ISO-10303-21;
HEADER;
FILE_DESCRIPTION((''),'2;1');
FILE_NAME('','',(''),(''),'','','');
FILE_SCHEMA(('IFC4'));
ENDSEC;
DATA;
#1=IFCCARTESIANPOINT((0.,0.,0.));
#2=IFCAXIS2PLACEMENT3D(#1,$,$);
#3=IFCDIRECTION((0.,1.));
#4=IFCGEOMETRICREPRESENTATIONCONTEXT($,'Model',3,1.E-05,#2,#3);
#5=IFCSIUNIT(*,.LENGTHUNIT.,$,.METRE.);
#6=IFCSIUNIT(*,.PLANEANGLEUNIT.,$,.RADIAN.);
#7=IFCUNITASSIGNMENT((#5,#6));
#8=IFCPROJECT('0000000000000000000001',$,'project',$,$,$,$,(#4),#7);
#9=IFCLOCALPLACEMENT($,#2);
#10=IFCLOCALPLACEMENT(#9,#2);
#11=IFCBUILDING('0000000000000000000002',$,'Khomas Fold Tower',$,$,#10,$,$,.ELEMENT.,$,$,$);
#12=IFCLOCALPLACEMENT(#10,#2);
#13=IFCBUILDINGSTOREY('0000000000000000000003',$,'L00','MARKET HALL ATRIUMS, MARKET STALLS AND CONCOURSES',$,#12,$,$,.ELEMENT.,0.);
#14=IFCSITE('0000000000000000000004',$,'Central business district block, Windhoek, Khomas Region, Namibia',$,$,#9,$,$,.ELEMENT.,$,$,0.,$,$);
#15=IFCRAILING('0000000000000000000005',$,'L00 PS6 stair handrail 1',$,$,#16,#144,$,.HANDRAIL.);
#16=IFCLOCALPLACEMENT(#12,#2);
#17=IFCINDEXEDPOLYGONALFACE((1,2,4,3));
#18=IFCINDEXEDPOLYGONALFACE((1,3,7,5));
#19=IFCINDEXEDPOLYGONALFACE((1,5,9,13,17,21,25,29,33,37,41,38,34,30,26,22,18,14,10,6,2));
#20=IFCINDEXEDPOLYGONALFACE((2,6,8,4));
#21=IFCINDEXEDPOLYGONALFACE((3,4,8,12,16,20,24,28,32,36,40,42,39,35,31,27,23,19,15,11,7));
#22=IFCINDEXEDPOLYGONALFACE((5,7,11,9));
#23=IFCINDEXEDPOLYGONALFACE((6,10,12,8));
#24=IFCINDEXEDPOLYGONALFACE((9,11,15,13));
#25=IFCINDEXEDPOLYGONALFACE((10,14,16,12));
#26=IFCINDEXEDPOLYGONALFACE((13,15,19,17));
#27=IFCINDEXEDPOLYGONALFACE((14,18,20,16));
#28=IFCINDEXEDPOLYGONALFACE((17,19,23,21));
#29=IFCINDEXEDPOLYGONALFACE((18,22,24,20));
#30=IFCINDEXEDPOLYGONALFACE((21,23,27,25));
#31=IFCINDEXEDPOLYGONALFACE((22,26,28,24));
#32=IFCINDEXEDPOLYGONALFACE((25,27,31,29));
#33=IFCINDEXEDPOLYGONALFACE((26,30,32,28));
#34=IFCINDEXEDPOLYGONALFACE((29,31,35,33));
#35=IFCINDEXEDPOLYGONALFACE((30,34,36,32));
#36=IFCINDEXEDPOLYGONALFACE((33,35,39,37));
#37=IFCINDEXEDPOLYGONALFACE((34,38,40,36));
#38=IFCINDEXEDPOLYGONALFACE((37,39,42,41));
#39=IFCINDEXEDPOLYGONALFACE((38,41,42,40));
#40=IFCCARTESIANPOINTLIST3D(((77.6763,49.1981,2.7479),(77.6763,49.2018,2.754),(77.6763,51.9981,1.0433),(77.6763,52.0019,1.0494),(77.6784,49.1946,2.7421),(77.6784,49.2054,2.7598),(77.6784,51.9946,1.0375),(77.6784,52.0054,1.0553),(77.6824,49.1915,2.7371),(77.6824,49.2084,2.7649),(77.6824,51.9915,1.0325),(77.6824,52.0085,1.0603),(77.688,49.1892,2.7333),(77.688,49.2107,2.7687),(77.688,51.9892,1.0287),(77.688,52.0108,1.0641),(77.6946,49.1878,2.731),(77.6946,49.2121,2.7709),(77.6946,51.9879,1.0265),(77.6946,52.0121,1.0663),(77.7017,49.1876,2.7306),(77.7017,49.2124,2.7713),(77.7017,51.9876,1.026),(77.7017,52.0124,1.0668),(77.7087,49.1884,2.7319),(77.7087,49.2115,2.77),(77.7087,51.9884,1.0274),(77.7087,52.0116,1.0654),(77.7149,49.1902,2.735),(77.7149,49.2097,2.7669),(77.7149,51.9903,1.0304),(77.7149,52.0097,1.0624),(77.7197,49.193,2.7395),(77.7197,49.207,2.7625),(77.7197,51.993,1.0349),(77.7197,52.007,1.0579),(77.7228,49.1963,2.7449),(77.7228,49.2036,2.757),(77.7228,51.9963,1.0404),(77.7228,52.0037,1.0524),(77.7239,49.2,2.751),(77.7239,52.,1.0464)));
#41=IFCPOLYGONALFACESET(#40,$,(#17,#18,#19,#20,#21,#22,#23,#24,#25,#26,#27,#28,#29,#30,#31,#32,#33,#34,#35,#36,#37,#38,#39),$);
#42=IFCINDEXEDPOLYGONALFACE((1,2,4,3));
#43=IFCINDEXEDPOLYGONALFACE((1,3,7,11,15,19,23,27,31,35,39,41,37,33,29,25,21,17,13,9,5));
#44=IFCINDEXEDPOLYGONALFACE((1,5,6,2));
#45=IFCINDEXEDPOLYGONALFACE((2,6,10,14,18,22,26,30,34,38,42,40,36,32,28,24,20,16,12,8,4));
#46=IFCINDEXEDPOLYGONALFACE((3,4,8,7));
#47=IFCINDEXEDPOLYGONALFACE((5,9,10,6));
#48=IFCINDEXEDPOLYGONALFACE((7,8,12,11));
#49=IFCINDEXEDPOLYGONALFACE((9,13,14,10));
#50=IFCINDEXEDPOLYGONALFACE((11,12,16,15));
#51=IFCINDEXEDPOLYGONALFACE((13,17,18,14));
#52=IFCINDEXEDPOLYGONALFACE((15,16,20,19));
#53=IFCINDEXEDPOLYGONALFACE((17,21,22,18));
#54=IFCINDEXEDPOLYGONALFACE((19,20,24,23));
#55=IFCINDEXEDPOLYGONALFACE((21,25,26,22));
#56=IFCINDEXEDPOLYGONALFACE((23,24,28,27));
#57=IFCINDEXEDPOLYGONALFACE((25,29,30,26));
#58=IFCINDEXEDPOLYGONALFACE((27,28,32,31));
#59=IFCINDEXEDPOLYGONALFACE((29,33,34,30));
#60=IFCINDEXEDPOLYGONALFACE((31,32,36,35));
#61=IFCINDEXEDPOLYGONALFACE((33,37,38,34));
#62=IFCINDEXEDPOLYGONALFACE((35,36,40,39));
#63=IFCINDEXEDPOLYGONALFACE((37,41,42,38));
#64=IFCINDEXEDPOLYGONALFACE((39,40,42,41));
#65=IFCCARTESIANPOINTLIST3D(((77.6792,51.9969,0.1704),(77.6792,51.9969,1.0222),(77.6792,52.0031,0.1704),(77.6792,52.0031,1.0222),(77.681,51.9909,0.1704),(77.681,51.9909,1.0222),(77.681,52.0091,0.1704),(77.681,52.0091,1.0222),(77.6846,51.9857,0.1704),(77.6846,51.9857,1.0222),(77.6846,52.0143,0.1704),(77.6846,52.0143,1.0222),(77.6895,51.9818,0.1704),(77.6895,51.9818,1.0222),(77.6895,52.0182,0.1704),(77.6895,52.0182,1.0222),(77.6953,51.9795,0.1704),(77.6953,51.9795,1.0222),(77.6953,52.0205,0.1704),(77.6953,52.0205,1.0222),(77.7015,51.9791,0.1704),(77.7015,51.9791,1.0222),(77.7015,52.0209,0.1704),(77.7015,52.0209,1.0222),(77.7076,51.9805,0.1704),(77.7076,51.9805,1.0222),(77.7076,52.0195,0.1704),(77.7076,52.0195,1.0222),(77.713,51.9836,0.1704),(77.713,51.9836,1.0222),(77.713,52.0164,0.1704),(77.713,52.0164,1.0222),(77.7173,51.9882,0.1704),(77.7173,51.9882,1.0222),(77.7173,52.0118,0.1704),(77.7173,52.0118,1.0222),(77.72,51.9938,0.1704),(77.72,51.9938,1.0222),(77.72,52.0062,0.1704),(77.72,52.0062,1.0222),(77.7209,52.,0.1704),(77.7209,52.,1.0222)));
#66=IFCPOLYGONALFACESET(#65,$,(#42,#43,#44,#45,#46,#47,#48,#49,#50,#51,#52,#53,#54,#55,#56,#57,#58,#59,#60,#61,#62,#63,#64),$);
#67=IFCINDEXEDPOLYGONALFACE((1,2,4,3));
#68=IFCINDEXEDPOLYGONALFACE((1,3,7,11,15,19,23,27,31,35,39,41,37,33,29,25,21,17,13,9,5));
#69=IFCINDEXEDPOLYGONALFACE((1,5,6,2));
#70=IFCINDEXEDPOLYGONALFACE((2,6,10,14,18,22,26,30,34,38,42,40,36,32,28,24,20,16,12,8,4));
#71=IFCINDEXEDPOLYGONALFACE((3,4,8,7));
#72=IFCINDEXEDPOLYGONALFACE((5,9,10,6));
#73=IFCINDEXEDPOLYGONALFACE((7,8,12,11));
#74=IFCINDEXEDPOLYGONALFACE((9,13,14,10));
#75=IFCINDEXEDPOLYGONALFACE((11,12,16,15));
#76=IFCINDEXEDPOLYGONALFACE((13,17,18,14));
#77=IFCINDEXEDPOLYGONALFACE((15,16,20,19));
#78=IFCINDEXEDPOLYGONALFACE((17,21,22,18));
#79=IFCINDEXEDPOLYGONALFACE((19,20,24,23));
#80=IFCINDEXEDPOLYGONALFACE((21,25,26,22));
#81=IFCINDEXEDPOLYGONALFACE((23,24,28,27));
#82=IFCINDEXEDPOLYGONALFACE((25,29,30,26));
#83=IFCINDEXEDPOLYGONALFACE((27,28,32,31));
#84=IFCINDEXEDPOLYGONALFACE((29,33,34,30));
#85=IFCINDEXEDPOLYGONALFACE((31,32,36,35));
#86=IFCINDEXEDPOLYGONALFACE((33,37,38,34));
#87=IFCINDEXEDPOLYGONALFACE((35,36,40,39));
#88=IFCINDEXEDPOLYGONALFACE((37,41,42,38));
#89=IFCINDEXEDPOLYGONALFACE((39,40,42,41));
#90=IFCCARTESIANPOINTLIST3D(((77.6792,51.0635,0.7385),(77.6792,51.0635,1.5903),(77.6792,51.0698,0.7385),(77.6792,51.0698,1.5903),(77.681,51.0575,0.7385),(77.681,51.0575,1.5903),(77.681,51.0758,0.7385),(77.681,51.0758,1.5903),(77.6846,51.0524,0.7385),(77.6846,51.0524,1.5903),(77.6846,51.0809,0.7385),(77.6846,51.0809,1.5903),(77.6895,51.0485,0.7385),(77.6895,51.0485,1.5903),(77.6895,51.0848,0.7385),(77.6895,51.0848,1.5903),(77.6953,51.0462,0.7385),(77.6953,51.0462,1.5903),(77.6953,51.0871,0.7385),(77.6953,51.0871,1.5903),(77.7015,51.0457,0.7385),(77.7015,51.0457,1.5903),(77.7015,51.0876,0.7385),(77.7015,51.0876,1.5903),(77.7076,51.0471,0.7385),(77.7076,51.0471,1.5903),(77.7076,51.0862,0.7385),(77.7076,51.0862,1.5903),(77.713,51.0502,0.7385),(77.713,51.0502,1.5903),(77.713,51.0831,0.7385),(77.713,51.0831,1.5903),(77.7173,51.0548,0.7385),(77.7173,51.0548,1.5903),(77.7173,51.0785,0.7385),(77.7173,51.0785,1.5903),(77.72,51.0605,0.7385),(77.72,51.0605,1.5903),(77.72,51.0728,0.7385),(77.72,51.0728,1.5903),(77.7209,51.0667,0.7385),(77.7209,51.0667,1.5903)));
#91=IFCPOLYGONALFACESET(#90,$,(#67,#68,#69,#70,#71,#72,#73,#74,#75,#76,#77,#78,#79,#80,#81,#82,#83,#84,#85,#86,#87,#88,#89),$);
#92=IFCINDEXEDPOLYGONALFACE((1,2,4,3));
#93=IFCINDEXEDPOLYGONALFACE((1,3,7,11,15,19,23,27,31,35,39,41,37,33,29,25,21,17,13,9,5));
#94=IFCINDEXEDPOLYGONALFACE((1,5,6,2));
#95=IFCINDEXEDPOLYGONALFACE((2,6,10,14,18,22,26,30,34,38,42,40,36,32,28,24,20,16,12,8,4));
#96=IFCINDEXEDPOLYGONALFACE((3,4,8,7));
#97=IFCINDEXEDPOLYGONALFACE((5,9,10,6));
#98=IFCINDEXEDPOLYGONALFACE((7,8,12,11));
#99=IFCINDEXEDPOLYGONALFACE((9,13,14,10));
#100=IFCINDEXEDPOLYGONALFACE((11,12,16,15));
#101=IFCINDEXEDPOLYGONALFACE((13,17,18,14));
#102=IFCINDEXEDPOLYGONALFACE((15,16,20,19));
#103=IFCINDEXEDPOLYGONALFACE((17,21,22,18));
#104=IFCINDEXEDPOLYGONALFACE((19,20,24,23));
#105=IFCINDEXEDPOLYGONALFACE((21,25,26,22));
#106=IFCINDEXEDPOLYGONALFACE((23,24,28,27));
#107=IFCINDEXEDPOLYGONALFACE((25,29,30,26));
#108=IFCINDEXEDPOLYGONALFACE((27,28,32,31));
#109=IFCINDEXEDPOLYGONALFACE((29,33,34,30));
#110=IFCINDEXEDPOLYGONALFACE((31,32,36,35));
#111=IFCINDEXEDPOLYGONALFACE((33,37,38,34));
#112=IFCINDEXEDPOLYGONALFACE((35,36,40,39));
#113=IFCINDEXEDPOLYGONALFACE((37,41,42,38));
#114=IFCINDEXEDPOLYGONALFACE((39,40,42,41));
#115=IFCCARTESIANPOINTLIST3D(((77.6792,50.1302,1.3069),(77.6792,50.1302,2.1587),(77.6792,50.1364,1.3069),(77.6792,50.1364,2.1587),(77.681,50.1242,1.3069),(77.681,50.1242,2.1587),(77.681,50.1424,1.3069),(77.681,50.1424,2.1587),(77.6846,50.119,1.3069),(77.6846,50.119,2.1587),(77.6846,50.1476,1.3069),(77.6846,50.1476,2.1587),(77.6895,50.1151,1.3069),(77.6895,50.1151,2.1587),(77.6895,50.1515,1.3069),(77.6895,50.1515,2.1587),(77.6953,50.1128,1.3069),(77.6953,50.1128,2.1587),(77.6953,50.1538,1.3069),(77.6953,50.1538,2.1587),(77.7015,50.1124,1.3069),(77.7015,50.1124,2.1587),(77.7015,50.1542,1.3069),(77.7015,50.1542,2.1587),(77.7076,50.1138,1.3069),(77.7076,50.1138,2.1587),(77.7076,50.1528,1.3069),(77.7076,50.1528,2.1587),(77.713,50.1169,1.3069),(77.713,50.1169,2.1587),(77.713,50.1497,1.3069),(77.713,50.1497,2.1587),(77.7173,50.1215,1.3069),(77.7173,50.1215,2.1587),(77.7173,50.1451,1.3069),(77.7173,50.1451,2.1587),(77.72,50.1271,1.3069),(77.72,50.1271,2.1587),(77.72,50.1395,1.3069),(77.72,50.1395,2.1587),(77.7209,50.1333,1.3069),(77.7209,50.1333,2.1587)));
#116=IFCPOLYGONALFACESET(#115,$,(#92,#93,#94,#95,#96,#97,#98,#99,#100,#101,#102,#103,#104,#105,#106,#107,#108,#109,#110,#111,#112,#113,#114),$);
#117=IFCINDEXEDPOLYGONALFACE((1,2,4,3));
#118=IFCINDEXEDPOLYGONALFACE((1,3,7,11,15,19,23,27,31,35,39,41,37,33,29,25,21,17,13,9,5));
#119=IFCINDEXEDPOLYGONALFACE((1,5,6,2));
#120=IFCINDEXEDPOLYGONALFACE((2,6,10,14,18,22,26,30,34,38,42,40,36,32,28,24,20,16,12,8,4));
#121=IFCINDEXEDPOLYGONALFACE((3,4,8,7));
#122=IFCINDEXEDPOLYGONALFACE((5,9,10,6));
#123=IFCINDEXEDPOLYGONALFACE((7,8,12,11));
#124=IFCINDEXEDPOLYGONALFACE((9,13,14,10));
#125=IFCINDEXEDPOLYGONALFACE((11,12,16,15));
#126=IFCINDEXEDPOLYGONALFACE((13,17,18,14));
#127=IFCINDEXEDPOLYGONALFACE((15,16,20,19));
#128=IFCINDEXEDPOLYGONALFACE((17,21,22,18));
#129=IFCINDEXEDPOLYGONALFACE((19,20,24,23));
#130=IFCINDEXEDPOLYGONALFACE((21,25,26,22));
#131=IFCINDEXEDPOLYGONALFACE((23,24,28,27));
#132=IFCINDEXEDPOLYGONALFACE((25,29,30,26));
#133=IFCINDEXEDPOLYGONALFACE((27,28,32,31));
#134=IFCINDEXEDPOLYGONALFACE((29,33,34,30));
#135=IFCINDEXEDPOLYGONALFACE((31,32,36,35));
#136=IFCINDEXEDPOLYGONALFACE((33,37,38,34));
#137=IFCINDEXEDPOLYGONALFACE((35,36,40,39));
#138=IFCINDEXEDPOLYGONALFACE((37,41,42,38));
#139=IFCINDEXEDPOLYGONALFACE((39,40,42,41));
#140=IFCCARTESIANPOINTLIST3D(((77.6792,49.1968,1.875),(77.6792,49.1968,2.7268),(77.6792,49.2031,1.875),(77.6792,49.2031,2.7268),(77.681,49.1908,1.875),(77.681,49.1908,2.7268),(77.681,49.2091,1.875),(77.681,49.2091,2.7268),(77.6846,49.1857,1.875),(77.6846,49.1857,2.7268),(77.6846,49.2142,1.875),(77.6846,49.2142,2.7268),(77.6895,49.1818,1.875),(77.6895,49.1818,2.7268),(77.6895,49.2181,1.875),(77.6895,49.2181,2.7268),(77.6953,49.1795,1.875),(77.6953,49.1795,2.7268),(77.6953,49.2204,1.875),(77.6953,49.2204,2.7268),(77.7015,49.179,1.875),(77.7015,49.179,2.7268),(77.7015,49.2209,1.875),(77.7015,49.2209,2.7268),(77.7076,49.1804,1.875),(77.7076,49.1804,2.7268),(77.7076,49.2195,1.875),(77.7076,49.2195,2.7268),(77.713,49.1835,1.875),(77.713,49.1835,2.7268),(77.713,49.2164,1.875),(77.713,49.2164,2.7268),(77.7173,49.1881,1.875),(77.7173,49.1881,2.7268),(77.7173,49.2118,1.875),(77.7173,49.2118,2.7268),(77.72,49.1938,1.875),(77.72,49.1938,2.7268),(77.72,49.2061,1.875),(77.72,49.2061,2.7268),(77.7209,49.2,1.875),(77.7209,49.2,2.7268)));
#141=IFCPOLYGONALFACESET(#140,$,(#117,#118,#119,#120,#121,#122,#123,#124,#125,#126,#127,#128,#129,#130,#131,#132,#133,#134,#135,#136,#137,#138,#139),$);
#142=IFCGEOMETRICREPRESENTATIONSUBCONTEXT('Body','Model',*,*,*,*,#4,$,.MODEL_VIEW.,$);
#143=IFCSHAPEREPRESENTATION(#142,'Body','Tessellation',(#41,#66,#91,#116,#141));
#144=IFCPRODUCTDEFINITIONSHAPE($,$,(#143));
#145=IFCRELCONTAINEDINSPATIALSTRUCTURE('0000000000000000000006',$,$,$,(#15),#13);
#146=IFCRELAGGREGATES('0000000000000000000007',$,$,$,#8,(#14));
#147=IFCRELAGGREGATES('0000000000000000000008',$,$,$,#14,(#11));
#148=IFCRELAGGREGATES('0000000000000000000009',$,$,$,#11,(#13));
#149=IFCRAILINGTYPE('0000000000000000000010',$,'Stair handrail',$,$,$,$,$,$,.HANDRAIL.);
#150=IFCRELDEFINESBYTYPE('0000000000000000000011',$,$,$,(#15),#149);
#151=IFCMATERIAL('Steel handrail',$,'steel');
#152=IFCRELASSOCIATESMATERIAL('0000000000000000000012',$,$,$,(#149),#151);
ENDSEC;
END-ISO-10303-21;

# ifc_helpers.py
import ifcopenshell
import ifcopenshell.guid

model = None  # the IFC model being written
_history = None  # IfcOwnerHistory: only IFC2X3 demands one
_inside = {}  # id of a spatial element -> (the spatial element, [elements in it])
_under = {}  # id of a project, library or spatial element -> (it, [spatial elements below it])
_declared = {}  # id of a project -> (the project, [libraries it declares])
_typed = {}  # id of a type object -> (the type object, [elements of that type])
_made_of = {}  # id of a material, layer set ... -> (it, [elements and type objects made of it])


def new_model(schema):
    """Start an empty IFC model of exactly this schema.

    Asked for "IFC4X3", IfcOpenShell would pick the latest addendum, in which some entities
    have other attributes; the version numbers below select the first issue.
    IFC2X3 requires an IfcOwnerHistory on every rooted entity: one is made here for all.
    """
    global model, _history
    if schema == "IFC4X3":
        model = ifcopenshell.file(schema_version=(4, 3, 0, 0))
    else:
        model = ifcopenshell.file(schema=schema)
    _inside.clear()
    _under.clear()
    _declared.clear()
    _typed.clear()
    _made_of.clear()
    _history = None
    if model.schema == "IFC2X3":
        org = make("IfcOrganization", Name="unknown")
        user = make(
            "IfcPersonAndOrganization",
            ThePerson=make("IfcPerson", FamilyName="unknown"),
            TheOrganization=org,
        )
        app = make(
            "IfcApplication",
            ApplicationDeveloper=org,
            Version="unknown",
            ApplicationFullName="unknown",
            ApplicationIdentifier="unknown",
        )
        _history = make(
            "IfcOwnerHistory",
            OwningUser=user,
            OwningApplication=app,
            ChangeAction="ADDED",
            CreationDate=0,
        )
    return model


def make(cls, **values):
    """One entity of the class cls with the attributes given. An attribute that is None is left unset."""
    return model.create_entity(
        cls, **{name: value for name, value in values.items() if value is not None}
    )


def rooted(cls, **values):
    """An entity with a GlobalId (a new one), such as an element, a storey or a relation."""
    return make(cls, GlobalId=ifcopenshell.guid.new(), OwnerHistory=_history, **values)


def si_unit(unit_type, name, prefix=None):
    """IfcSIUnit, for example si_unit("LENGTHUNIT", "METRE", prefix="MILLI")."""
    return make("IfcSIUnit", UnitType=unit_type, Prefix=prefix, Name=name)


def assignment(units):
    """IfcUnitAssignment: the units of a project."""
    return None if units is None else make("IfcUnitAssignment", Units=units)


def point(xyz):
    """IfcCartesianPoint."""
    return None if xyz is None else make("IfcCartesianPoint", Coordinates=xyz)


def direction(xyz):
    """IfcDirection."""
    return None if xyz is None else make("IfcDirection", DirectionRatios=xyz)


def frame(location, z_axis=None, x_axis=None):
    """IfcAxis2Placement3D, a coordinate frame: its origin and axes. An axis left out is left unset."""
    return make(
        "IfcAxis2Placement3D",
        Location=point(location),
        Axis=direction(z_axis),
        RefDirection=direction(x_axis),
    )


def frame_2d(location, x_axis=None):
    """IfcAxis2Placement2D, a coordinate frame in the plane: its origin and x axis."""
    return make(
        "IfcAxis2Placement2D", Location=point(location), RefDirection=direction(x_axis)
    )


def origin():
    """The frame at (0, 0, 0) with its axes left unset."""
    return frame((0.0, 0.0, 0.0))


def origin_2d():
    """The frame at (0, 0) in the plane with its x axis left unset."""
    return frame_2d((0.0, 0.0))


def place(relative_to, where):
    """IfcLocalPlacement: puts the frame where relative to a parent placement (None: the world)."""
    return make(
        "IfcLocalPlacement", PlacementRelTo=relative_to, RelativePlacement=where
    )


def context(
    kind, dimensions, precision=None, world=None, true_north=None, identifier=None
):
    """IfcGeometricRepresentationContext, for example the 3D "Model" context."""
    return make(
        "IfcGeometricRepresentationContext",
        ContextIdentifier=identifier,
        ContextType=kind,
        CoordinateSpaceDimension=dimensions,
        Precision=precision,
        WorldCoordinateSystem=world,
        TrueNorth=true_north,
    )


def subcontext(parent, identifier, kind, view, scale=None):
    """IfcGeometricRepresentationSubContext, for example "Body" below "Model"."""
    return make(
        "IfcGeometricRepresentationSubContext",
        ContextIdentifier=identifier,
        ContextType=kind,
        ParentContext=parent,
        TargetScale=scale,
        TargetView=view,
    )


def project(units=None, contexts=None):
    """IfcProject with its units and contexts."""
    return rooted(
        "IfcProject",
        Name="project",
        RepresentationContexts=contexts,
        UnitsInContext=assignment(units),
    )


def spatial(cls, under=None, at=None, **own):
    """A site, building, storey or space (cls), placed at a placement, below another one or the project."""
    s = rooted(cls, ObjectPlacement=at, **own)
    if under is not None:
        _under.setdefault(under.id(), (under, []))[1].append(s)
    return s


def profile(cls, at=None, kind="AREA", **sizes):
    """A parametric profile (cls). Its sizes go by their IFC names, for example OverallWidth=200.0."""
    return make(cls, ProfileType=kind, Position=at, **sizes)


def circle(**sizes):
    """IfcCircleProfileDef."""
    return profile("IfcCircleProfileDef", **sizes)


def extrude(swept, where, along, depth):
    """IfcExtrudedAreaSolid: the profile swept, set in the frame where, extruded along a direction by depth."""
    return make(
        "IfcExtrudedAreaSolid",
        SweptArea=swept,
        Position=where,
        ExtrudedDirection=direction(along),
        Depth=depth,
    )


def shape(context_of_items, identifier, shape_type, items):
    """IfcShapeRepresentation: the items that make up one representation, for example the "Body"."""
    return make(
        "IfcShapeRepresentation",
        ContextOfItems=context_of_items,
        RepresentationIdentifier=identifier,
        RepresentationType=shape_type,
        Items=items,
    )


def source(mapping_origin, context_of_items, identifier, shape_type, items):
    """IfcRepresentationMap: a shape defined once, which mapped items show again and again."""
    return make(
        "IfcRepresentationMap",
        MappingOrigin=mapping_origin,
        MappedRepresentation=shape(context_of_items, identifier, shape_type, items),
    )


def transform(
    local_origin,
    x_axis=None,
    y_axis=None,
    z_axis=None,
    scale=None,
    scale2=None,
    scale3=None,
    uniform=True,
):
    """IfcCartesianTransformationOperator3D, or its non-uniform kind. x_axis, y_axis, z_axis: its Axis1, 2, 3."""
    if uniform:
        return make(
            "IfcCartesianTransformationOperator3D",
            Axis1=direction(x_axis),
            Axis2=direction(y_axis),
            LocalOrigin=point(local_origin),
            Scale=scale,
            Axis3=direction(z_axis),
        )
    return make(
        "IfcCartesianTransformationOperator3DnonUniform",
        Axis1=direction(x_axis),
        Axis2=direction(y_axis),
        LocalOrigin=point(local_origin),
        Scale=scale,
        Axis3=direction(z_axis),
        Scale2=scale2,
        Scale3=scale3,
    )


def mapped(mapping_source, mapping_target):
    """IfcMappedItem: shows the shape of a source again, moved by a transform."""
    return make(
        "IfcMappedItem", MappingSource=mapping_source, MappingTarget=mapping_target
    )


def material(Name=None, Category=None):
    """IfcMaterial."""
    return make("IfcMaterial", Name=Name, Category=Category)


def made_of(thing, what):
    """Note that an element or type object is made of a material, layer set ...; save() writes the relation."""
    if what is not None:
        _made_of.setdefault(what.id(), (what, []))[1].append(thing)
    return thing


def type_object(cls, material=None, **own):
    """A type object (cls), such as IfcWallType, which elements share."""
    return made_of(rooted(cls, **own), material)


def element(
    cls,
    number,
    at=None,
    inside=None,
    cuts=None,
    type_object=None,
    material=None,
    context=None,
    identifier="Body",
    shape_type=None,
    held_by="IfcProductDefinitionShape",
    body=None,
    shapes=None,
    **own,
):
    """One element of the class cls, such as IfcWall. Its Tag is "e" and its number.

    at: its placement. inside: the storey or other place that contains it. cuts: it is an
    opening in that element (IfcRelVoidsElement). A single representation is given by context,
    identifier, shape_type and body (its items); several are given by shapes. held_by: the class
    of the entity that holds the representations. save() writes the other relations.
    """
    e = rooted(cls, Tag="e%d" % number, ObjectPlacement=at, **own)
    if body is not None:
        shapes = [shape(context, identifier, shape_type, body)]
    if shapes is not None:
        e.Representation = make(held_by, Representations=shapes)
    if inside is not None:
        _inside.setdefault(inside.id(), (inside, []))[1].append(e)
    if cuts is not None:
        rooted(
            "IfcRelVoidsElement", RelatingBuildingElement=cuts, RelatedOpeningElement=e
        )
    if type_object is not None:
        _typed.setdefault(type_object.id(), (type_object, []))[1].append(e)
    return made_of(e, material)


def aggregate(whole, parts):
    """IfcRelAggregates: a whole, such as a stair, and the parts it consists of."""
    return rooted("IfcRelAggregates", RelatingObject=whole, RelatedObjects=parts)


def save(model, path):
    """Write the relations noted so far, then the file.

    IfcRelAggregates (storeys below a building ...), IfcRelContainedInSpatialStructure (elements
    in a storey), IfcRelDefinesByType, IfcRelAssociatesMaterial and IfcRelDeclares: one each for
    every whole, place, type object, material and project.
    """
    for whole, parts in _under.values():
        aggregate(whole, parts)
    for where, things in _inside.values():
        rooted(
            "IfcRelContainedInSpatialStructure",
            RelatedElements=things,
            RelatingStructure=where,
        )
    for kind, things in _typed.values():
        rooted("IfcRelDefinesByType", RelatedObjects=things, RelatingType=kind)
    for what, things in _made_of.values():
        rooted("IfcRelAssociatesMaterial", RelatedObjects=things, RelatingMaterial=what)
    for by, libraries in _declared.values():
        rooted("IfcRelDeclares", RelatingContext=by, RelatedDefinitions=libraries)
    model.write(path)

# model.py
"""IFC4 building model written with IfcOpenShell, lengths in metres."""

from ifc_helpers import new_model, si_unit, direction, frame, origin, origin_2d, place, context, subcontext, project, spatial, circle, extrude, source, transform, mapped, material, type_object, element, save


model = new_model("IFC4")

# Units and contexts
model_context = context("Model", 3, precision=1e-05, world=origin(), true_north=direction((0.0, 1.0)))
body_context = subcontext(model_context, "Body", "Model", "MODEL_VIEW")
ifc_project = project(units=[si_unit("LENGTHUNIT", "METRE"), si_unit("PLANEANGLEUNIT", "RADIAN")], contexts=[model_context])

# Site, building, storey
site_placement = place(None, origin())
site = spatial("IfcSite", under=ifc_project, at=site_placement, Name="Central business district block, Windhoek, Khomas Region, Namibia", CompositionType="ELEMENT", RefElevation=0.0)
building_placement = place(site_placement, origin())
building = spatial("IfcBuilding", under=site, at=building_placement, Name="Khomas Fold Tower", CompositionType="ELEMENT")
storey_placement = place(building_placement, origin())
storey = spatial("IfcBuildingStorey", under=building, at=storey_placement, Name="L00", Description="MARKET HALL ATRIUMS, MARKET STALLS AND CONCOURSES", CompositionType="ELEMENT", Elevation=0.0)

# Railing
ifc_material_1 = material(Name="Steel handrail", Category="steel")
railing_type_1 = type_object("IfcRailingType", Name="Stair handrail", PredefinedType="HANDRAIL", material=ifc_material_1)
shared_shape_1 = source(origin(), body_context, "Body", "SweptSolid", [
    extrude(circle(Radius=0.0239, at=origin_2d()), frame((0.0, 0.0, 0.876), z_axis=(0.0, -0.85417, 0.519994), x_axis=(1.0, 0.0, 0.0)), (0.0, 0.0, 1.0), 3.2781),
    extrude(circle(Radius=0.021, at=origin_2d()), origin(), (0.0, 0.0, 1.0), 0.8518),
    extrude(circle(Radius=0.021, at=origin_2d()), frame((0.0, -0.9333, 0.5681)), (0.0, 0.0, 1.0), 0.8518),
    extrude(circle(Radius=0.021, at=origin_2d()), frame((0.0, -1.8667, 1.1365)), (0.0, 0.0, 1.0), 0.8518),
    extrude(circle(Radius=0.021, at=origin_2d()), frame((0.0, -2.8, 1.7046)), (0.0, 0.0, 1.0), 0.8518),
])
for number, where, name in (
    (1, (77.7, 52.0, 0.1704), "L00 PS6 stair handrail 1"),
):
    element("IfcRailing", number, at=place(storey_placement, frame(where)), inside=storey, type_object=railing_type_1, Name=name, PredefinedType="HANDRAIL", context=body_context, shape_type="MappedRepresentation", body=[
        mapped(shared_shape_1, transform((0.0, 0.0, 0.0))),
    ])

save(model, "model.ifc")
